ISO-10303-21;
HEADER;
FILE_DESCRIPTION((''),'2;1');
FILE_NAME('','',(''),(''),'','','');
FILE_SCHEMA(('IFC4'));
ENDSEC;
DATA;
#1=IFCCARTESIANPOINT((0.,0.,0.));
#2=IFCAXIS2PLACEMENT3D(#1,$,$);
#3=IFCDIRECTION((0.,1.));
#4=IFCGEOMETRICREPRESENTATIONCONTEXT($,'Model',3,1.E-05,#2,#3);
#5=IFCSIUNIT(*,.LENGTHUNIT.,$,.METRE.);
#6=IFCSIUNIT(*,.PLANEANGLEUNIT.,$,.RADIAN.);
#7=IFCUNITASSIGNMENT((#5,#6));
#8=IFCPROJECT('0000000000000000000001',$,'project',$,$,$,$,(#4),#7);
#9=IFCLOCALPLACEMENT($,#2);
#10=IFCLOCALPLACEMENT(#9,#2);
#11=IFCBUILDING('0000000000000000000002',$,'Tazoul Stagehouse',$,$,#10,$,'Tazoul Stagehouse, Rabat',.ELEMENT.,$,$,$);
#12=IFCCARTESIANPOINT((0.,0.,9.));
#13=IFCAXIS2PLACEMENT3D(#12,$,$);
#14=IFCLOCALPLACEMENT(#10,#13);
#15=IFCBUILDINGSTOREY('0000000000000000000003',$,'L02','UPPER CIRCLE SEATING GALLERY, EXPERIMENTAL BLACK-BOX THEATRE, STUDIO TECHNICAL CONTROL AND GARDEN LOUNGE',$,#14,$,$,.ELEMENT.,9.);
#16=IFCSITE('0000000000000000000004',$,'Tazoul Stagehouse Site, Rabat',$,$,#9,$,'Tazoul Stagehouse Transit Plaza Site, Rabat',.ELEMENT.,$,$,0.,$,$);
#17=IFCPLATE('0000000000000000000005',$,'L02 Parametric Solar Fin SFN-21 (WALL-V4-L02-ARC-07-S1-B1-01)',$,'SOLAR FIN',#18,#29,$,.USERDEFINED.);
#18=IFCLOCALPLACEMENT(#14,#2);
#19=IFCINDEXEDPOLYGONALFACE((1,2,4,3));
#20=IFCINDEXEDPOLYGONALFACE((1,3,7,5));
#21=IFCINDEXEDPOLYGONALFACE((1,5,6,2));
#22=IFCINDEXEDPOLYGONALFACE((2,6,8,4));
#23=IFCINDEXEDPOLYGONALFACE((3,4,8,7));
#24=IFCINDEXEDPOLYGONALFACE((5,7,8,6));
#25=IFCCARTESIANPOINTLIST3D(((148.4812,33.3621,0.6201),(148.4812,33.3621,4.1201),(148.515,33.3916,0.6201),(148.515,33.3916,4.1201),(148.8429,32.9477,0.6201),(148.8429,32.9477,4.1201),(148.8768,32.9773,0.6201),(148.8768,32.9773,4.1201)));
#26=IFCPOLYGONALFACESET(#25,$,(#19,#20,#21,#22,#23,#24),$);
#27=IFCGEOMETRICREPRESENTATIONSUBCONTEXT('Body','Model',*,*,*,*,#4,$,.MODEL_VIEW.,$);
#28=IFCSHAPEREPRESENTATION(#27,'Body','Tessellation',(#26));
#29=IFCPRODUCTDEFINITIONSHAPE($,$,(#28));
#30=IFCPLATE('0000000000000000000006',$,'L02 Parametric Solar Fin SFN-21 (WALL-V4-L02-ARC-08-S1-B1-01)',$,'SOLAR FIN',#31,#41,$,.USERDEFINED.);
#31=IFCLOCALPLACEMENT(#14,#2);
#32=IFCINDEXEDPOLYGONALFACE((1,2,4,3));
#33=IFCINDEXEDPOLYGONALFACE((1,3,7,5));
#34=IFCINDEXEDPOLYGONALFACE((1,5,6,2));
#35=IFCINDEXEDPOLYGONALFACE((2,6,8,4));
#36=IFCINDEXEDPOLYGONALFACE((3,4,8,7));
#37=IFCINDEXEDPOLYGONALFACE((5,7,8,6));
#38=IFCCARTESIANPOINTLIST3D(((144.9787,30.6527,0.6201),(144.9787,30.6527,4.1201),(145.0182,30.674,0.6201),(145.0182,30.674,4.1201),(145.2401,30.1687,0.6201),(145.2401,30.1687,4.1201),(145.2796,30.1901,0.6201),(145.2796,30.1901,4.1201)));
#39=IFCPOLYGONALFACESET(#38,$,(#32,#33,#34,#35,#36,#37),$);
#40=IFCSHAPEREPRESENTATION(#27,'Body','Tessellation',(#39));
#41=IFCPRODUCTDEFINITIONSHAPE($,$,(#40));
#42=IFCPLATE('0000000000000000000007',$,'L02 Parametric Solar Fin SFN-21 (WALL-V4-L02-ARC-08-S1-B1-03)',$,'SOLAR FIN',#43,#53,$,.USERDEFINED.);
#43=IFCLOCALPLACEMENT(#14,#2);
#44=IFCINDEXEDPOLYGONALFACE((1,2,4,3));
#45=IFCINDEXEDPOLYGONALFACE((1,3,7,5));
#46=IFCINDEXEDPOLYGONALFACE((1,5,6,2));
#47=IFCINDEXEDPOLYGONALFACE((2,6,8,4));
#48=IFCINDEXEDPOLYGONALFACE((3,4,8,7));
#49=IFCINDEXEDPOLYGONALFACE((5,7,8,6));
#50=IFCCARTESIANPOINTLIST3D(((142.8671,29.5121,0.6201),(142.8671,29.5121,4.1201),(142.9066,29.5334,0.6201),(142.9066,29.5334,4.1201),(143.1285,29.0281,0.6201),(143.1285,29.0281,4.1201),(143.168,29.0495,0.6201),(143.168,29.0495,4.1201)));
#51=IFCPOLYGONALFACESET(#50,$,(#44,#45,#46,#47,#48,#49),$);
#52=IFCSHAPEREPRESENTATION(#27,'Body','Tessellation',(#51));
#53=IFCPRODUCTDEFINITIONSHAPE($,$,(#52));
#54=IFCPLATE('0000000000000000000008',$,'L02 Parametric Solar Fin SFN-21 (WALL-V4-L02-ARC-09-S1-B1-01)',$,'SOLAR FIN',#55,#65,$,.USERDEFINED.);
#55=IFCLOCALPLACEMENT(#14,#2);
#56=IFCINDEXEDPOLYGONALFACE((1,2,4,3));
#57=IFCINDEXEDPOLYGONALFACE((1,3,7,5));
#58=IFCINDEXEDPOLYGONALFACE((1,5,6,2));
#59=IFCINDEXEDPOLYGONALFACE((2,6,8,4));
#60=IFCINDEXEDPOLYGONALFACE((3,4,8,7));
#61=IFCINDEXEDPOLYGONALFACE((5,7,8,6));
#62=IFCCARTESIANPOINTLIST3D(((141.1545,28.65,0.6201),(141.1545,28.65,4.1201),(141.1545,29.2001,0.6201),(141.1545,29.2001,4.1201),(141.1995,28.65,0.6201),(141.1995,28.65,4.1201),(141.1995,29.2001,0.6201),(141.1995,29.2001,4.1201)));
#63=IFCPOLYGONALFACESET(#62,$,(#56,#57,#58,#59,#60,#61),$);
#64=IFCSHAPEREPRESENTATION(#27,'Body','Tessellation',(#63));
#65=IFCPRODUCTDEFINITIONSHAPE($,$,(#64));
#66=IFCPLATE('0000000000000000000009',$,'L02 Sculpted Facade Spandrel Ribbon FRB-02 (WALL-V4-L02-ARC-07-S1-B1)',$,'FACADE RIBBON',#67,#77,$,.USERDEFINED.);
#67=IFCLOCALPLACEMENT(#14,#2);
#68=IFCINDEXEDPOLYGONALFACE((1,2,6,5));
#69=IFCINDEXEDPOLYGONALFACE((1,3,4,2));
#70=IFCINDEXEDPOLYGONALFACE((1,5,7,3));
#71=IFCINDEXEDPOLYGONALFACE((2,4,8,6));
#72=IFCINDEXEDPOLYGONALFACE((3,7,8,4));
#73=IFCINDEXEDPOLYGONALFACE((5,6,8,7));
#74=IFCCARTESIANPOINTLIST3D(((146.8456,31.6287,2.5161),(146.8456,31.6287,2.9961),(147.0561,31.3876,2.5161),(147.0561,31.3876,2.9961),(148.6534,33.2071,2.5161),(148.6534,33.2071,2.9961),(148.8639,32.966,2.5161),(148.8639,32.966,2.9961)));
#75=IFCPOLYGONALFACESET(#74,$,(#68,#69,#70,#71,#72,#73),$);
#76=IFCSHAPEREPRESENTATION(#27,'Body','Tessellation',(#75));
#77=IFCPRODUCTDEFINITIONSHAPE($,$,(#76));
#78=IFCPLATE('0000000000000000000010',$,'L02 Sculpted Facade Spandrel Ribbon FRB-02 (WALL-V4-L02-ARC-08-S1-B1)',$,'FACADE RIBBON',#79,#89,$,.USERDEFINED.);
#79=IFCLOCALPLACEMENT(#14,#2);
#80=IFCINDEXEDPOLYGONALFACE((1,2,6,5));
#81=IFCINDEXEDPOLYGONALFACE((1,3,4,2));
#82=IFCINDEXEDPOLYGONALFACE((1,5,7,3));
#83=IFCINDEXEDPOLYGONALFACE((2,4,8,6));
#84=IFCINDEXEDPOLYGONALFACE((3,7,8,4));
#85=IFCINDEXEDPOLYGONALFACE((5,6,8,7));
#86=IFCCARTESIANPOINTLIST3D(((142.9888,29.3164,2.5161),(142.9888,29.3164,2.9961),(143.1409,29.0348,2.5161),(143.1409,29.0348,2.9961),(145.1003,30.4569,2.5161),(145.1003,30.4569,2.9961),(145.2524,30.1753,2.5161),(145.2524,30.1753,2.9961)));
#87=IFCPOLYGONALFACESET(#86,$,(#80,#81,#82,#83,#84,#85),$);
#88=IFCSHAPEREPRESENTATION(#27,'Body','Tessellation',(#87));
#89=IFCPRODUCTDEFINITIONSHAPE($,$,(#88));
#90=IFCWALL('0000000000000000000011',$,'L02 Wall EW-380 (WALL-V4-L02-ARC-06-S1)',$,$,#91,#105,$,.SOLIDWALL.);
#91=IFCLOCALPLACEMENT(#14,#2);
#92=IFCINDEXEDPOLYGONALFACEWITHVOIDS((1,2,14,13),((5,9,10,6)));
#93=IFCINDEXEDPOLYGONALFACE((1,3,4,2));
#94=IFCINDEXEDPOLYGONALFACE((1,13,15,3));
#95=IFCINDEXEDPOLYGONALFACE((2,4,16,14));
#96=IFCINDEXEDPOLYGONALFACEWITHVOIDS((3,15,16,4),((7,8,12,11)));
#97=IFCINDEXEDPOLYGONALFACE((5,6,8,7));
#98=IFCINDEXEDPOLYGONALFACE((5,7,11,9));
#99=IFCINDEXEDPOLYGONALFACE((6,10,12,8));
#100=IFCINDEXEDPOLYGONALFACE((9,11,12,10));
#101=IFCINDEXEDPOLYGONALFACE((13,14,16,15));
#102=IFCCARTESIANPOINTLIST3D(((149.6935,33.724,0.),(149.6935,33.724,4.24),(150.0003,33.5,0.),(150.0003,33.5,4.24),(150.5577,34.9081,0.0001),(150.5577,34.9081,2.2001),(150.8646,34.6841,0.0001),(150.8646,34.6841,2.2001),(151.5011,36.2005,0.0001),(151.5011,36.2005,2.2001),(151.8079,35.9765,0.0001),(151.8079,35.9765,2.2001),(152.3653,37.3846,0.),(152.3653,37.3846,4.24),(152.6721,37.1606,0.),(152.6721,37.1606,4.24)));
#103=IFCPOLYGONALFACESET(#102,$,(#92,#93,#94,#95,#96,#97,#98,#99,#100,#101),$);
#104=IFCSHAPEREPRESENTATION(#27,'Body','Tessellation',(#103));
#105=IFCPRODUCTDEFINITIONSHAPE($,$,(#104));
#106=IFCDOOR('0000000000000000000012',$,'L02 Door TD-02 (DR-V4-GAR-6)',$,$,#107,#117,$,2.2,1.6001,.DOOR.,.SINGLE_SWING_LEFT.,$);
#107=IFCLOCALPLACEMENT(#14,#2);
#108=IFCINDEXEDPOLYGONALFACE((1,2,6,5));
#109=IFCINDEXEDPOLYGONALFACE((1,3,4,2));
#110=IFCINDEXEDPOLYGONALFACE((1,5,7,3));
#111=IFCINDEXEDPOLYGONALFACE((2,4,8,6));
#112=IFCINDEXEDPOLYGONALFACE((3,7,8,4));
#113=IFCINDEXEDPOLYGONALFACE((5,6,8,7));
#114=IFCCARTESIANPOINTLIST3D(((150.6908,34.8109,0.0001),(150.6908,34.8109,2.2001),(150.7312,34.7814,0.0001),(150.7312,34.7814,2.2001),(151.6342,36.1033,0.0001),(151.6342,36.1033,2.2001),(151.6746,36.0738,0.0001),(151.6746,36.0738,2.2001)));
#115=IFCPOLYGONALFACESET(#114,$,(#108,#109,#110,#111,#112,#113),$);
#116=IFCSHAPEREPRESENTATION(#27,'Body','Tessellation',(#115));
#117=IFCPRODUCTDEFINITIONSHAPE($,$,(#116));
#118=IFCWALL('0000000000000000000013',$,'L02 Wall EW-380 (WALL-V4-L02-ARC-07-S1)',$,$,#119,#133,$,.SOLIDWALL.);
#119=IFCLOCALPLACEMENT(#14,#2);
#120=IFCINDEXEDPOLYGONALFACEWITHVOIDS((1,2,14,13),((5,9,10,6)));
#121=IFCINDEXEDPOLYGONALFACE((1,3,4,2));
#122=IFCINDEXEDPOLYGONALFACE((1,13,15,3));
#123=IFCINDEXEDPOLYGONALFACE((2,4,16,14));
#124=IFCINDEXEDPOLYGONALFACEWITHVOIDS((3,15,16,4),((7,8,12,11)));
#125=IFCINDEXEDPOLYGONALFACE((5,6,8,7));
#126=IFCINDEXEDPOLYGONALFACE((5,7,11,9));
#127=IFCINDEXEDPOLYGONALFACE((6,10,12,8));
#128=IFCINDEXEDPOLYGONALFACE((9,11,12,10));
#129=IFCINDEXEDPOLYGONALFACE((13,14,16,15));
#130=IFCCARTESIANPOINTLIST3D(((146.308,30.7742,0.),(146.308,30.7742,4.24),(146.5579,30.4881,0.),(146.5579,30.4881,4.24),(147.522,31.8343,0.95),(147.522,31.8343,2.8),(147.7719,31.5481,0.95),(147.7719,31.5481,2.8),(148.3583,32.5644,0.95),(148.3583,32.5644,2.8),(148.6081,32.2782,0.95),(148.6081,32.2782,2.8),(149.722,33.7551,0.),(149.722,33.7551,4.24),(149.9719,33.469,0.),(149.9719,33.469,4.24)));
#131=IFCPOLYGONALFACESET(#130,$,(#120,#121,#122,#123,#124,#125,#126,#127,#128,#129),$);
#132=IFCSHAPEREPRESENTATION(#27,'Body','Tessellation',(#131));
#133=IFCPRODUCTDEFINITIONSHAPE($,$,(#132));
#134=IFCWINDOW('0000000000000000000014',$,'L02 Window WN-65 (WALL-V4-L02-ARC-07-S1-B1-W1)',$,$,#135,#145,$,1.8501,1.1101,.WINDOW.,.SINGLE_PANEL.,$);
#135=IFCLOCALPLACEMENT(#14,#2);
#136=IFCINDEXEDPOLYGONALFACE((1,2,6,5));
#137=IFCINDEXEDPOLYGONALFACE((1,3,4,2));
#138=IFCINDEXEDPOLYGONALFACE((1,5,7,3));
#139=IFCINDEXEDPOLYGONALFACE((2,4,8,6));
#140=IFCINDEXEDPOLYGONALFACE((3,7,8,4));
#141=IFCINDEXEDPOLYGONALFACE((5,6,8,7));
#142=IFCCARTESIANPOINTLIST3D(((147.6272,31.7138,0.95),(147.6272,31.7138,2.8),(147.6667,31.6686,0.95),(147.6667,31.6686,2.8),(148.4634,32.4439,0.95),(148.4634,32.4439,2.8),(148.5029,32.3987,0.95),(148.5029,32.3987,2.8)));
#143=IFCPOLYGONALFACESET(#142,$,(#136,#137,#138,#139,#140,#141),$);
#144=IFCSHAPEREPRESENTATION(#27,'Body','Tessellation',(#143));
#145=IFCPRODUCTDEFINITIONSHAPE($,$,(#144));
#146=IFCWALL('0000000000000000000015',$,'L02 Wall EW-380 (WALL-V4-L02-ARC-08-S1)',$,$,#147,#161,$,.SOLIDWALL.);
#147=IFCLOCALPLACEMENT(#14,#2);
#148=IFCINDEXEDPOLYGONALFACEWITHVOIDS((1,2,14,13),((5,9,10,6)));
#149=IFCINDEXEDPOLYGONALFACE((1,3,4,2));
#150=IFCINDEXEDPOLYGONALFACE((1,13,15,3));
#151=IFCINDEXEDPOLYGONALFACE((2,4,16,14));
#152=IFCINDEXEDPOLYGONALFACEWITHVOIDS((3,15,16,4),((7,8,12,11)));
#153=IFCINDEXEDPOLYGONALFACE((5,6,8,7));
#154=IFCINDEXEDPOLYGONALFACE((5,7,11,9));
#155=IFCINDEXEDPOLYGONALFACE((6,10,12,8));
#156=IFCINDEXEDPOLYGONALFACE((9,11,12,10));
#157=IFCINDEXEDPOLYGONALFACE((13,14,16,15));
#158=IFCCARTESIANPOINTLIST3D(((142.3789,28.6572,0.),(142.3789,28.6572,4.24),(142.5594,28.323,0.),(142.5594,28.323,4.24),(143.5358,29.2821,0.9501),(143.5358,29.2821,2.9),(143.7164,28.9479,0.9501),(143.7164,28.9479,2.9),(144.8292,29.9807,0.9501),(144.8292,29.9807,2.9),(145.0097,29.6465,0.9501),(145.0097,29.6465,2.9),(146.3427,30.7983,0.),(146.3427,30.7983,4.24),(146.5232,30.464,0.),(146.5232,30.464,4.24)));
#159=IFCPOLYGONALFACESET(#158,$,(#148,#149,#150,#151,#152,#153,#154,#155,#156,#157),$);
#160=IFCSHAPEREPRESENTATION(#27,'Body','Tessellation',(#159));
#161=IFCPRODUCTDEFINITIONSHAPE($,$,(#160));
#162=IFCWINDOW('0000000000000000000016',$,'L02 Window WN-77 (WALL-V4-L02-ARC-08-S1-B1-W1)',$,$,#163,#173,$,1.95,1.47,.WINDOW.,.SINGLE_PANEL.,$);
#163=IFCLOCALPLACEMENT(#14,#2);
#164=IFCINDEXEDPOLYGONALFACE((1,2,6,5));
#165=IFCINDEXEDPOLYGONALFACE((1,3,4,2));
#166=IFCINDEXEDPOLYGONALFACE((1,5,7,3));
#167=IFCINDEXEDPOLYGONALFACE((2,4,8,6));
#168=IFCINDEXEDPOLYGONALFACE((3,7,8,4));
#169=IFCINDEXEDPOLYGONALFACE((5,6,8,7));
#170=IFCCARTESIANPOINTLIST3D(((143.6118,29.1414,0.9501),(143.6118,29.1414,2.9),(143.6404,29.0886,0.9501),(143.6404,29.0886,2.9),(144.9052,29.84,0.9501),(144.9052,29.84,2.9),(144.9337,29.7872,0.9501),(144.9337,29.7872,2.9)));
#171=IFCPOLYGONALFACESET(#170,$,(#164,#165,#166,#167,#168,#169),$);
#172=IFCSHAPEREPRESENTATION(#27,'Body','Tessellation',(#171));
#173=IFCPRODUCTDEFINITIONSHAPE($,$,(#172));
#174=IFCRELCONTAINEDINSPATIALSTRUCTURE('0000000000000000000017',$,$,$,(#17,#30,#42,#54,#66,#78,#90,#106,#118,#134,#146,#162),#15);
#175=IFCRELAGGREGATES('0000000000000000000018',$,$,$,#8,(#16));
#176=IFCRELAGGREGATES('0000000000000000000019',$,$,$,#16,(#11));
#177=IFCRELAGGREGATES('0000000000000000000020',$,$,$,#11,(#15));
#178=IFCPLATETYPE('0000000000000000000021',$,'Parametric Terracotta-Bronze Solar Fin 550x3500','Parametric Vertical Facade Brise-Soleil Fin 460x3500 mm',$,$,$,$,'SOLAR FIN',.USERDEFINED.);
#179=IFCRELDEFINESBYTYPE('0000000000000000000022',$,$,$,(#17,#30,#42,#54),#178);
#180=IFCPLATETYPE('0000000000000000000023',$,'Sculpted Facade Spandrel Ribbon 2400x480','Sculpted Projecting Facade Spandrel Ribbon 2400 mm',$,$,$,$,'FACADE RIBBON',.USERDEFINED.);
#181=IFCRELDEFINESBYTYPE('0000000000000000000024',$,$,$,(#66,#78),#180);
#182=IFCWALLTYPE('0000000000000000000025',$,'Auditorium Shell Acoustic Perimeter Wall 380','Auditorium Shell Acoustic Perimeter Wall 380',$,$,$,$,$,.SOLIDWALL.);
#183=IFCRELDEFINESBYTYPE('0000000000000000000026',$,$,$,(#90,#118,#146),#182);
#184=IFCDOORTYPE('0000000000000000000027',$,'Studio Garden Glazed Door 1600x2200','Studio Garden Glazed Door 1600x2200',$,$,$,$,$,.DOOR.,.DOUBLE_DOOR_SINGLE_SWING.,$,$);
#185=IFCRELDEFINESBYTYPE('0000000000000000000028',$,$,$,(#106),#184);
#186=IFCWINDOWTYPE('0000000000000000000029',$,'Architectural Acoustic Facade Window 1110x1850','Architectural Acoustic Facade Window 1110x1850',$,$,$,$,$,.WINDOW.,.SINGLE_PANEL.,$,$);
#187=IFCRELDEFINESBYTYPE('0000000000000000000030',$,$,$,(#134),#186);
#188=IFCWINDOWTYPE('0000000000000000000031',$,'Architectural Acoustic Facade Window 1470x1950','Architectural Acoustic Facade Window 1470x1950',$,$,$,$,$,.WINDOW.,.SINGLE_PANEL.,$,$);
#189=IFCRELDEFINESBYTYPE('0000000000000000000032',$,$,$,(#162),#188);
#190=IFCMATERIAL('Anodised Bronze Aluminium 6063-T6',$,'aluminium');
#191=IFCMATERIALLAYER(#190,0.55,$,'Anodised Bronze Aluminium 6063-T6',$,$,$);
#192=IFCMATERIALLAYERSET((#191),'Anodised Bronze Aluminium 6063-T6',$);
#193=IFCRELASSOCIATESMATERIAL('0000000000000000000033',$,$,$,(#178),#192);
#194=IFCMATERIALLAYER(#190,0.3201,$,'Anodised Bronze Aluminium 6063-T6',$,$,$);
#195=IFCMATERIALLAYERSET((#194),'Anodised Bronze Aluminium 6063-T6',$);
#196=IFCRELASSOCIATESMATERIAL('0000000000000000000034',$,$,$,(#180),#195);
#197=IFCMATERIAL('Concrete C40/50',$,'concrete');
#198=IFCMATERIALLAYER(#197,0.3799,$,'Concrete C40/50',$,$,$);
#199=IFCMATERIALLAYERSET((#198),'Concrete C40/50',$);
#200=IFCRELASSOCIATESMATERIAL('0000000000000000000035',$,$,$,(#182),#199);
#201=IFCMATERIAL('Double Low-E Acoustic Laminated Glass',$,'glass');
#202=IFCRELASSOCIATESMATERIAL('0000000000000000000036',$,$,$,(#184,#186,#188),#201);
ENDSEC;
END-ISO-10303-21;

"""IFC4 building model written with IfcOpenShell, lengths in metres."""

from ifc_helpers import new_model, si_unit, direction, frame, frame_2d, origin, origin_2d, place, context, subcontext, project, spatial, rectangle, extrude, material, layer, layer_set, type_object, element, fill, save


model = new_model("IFC4")

# Units and contexts
model_context = context("Model", 3, precision=1e-05, world=origin(), true_north=direction((0.0, 1.0)))
body_context = subcontext(model_context, "Body", "Model", "MODEL_VIEW")
ifc_project = project(units=[si_unit("LENGTHUNIT", "METRE"), si_unit("PLANEANGLEUNIT", "RADIAN")], contexts=[model_context])

# Site, building, storey
site_placement = place(None, origin())
site = spatial("IfcSite", under=ifc_project, at=site_placement, Name="Tazoul Stagehouse Site, Rabat", LongName="Tazoul Stagehouse Transit Plaza Site, Rabat", CompositionType="ELEMENT", RefElevation=0.0)
building_placement = place(site_placement, origin())
building = spatial("IfcBuilding", under=site, at=building_placement, Name="Tazoul Stagehouse", LongName="Tazoul Stagehouse, Rabat", CompositionType="ELEMENT")
storey_placement = place(building_placement, frame((0.0, 0.0, 9.0)))
storey = spatial("IfcBuildingStorey", under=building, at=storey_placement, Name="L02", Description="UPPER CIRCLE SEATING GALLERY, EXPERIMENTAL BLACK-BOX THEATRE, STUDIO TECHNICAL CONTROL AND GARDEN LOUNGE", CompositionType="ELEMENT", Elevation=9.0)

# Shared definitions
ifc_material_1 = material(Name="Concrete C40/50", Category="concrete")

# Plates
ifc_material_2 = material(Name="Anodised Bronze Aluminium 6063-T6", Category="aluminium")
ifc_layer_1 = layer(ifc_material_2, 0.55, Name="Anodised Bronze Aluminium 6063-T6")
ifc_layer_set_1 = layer_set([ifc_layer_1], Name="Anodised Bronze Aluminium 6063-T6")
plate_type_1 = type_object("IfcPlateType", Name="Parametric Terracotta-Bronze Solar Fin 550x3500", Description="Parametric Vertical Facade Brise-Soleil Fin 460x3500 mm", ElementType="SOLAR FIN", PredefinedType="USERDEFINED", material=ifc_layer_set_1)
for number, where, z_axis, x_axis, name in (
    (1, (148.679, 33.1697, 0.6201), (0.0, 0.0, 1.0), (-0.753274, -0.657707, 0.0), "L02 Parametric Solar Fin SFN-21 (WALL-V4-L02-ARC-07-S1-B1-01)"),
    (2, (145.1292, 30.4214, 0.6201), (0.0, 0.0, 1.0), (-0.879845, -0.47526, 0.0), "L02 Parametric Solar Fin SFN-21 (WALL-V4-L02-ARC-08-S1-B1-01)"),
    (3, (143.0176, 29.2808, 0.6201), (0.0, 0.0, 1.0), (-0.879845, -0.47526, 0.0), "L02 Parametric Solar Fin SFN-21 (WALL-V4-L02-ARC-08-S1-B1-03)"),
    (4, (141.177, 28.925, 0.6201), (0.0, 0.0, 1.0), (-1.0, 0.0, 0.0), "L02 Parametric Solar Fin SFN-21 (WALL-V4-L02-ARC-09-S1-B1-01)"),
):
    element("IfcPlate", number, at=place(storey_placement, frame(where, z_axis=z_axis, x_axis=x_axis)), inside=storey, type_object=plate_type_1, Name=name, ObjectType="SOLAR FIN", PredefinedType="USERDEFINED", context=body_context, shape_type="SweptSolid", body=[
        extrude(rectangle(XDim=0.0449, YDim=0.55, at=origin_2d()), origin(), (0.0, 0.0, 1.0), 3.5),
    ])
ifc_layer_2 = layer(ifc_material_2, 0.3201, Name="Anodised Bronze Aluminium 6063-T6")
ifc_layer_set_2 = layer_set([ifc_layer_2], Name="Anodised Bronze Aluminium 6063-T6")
plate_type_2 = type_object("IfcPlateType", Name="Sculpted Facade Spandrel Ribbon 2400x480", Description="Sculpted Projecting Facade Spandrel Ribbon 2400 mm", ElementType="FACADE RIBBON", PredefinedType="USERDEFINED", material=ifc_layer_set_2)
for number, where, z_axis, x_axis, name in (
    (5, (147.8547, 32.2974, 2.5161), (0.0, 0.0, 1.0), (-0.753274, -0.657707, 0.0), "L02 Sculpted Facade Spandrel Ribbon FRB-02 (WALL-V4-L02-ARC-07-S1-B1)"),
    (6, (144.1206, 29.7458, 2.5161), (0.0, 0.0, 1.0), (-0.879845, -0.47526, 0.0), "L02 Sculpted Facade Spandrel Ribbon FRB-02 (WALL-V4-L02-ARC-08-S1-B1)"),
):
    element("IfcPlate", number, at=place(storey_placement, frame(where, z_axis=z_axis, x_axis=x_axis)), inside=storey, type_object=plate_type_2, Name=name, ObjectType="FACADE RIBBON", PredefinedType="USERDEFINED", context=body_context, shape_type="SweptSolid", body=[
        extrude(rectangle(XDim=2.3999, YDim=0.3201, at=origin_2d()), origin(), (0.0, 0.0, 1.0), 0.48),
    ])

# Wall, opening, door
ifc_layer_3 = layer(ifc_material_1, 0.3799, Name="Concrete C40/50")
ifc_layer_set_3 = layer_set([ifc_layer_3], Name="Concrete C40/50")
wall_type = type_object("IfcWallType", Name="Auditorium Shell Acoustic Perimeter Wall 380", Description="Auditorium Shell Acoustic Perimeter Wall 380", PredefinedType="SOLIDWALL", material=ifc_layer_set_3)
wall_1_placement = place(storey_placement, frame((152.5188, 37.2727, 0.0), z_axis=(0.0, 0.0, 1.0), x_axis=(-0.589555, -0.807729, 0.0)))
wall_1 = element("IfcWall", 7, at=wall_1_placement, inside=storey, type_object=wall_type, Name="L02 Wall EW-380 (WALL-V4-L02-ARC-06-S1)", PredefinedType="SOLIDWALL", context=body_context, shape_type="SweptSolid", body=[
    extrude(rectangle(XDim=4.532, YDim=0.3799, at=frame_2d((2.2661, 0.0))), origin(), (0.0, 0.0, 1.0), 4.24),
])
opening_1_placement = place(wall_1_placement, frame((1.4661, 0.0, 0.0)))
opening_1 = element("IfcOpeningElement", 8, at=opening_1_placement, cuts=wall_1, PredefinedType="OPENING", context=body_context, shape_type="SweptSolid", body=[
    extrude(rectangle(XDim=1.6001, YDim=2.2, at=frame_2d((0.8, 1.1001))), frame((0.0, 0.21, 0.0), z_axis=(0.0, -1.0, 0.0), x_axis=(1.0, 0.0, 0.0)), (0.0, 0.0, 1.0), 0.4199),
])
ifc_material_3 = material(Name="Double Low-E Acoustic Laminated Glass", Category="glass")
door_type = type_object("IfcDoorType", Name="Studio Garden Glazed Door 1600x2200", Description="Studio Garden Glazed Door 1600x2200", OperationType="DOUBLE_DOOR_SINGLE_SWING", PredefinedType="DOOR", material=ifc_material_3)
door_placement = place(opening_1_placement, origin())
door = element("IfcDoor", 9, at=door_placement, inside=storey, type_object=door_type, Name="L02 Door TD-02 (DR-V4-GAR-6)", OperationType="SINGLE_SWING_LEFT", OverallHeight=2.2, OverallWidth=1.6001, PredefinedType="DOOR", context=body_context, shape_type="SweptSolid", body=[
    extrude(rectangle(XDim=1.6001, YDim=2.2, at=frame_2d((0.8, 1.1001))), frame((0.0, 0.0249, 0.0), z_axis=(0.0, -1.0, 0.0), x_axis=(1.0, 0.0, 0.0)), (0.0, 0.0, 1.0), 0.05),
])
fill(opening_1, door)

# Walls, openings, windows
wall_2_placement = place(storey_placement, frame((149.8469, 33.6121, 0.0), z_axis=(0.0, 0.0, 1.0), x_axis=(-0.75327, -0.657711, 0.0)))
wall_2 = element("IfcWall", 10, at=wall_2_placement, inside=storey, type_object=wall_type, Name="L02 Wall EW-380 (WALL-V4-L02-ARC-07-S1)", PredefinedType="SOLIDWALL", context=body_context, shape_type="SweptSolid", body=[
    extrude(rectangle(XDim=4.5322, YDim=0.3799, at=frame_2d((2.2661, 0.0))), origin(), (0.0, 0.0, 1.0), 4.24),
])
opening_2_placement = place(wall_2_placement, frame((1.8103, 0.0, 0.95)))
opening_2 = element("IfcOpeningElement", 11, at=opening_2_placement, cuts=wall_2, PredefinedType="OPENING", context=body_context, shape_type="SweptSolid", body=[
    extrude(rectangle(XDim=1.1101, YDim=1.8501, at=frame_2d((0.5552, 0.925))), frame((0.0, 0.21, 0.0), z_axis=(0.0, -1.0, 0.0), x_axis=(1.0, 0.0, 0.0)), (0.0, 0.0, 1.0), 0.4199),
])
window_type_1 = type_object("IfcWindowType", Name="Architectural Acoustic Facade Window 1110x1850", Description="Architectural Acoustic Facade Window 1110x1850", PartitioningType="SINGLE_PANEL", PredefinedType="WINDOW", material=ifc_material_3)
window_1_placement = place(opening_2_placement, origin())
window_1 = element("IfcWindow", 12, at=window_1_placement, inside=storey, type_object=window_type_1, Name="L02 Window WN-65 (WALL-V4-L02-ARC-07-S1-B1-W1)", OverallHeight=1.8501, OverallWidth=1.1101, PartitioningType="SINGLE_PANEL", PredefinedType="WINDOW", context=body_context, shape_type="SweptSolid", body=[
    extrude(rectangle(XDim=1.1101, YDim=1.8501, at=frame_2d((0.5552, 0.925))), frame((0.0, 0.03, 0.0), z_axis=(0.0, -1.0, 0.0), x_axis=(1.0, 0.0, 0.0)), (0.0, 0.0, 1.0), 0.0601),
])
fill(opening_2, window_1)
wall_3_placement = place(storey_placement, frame((146.4329, 30.6311, 0.0), z_axis=(0.0, 0.0, 1.0), x_axis=(-0.879847, -0.475256, 0.0)))
wall_3 = element("IfcWall", 13, at=wall_3_placement, inside=storey, type_object=wall_type, Name="L02 Wall EW-380 (WALL-V4-L02-ARC-08-S1)", PredefinedType="SOLIDWALL", context=body_context, shape_type="SweptSolid", body=[
    extrude(rectangle(XDim=4.5051, YDim=0.3799, at=frame_2d((2.2524, 0.0))), origin(), (0.0, 0.0, 1.0), 4.24),
])
opening_3_placement = place(wall_3_placement, frame((1.7202, 0.0, 0.95)))
opening_3 = element("IfcOpeningElement", 14, at=opening_3_placement, cuts=wall_3, PredefinedType="OPENING", context=body_context, shape_type="SweptSolid", body=[
    extrude(rectangle(XDim=1.47, YDim=1.95, at=frame_2d((0.7349, 0.9751))), frame((0.0, 0.21, 0.0), z_axis=(0.0, -1.0, 0.0), x_axis=(1.0, 0.0, 0.0)), (0.0, 0.0, 1.0), 0.4199),
])
window_type_2 = type_object("IfcWindowType", Name="Architectural Acoustic Facade Window 1470x1950", Description="Architectural Acoustic Facade Window 1470x1950", PartitioningType="SINGLE_PANEL", PredefinedType="WINDOW", material=ifc_material_3)
window_2_placement = place(opening_3_placement, origin())
window_2 = element("IfcWindow", 15, at=window_2_placement, inside=storey, type_object=window_type_2, Name="L02 Window WN-77 (WALL-V4-L02-ARC-08-S1-B1-W1)", OverallHeight=1.95, OverallWidth=1.47, PartitioningType="SINGLE_PANEL", PredefinedType="WINDOW", context=body_context, shape_type="SweptSolid", body=[
    extrude(rectangle(XDim=1.47, YDim=1.95, at=frame_2d((0.7349, 0.9751))), frame((0.0, 0.03, 0.0), z_axis=(0.0, -1.0, 0.0), x_axis=(1.0, 0.0, 0.0)), (0.0, 0.0, 1.0), 0.0601),
])
fill(opening_3, window_2)

save(model, "model.ifc")
